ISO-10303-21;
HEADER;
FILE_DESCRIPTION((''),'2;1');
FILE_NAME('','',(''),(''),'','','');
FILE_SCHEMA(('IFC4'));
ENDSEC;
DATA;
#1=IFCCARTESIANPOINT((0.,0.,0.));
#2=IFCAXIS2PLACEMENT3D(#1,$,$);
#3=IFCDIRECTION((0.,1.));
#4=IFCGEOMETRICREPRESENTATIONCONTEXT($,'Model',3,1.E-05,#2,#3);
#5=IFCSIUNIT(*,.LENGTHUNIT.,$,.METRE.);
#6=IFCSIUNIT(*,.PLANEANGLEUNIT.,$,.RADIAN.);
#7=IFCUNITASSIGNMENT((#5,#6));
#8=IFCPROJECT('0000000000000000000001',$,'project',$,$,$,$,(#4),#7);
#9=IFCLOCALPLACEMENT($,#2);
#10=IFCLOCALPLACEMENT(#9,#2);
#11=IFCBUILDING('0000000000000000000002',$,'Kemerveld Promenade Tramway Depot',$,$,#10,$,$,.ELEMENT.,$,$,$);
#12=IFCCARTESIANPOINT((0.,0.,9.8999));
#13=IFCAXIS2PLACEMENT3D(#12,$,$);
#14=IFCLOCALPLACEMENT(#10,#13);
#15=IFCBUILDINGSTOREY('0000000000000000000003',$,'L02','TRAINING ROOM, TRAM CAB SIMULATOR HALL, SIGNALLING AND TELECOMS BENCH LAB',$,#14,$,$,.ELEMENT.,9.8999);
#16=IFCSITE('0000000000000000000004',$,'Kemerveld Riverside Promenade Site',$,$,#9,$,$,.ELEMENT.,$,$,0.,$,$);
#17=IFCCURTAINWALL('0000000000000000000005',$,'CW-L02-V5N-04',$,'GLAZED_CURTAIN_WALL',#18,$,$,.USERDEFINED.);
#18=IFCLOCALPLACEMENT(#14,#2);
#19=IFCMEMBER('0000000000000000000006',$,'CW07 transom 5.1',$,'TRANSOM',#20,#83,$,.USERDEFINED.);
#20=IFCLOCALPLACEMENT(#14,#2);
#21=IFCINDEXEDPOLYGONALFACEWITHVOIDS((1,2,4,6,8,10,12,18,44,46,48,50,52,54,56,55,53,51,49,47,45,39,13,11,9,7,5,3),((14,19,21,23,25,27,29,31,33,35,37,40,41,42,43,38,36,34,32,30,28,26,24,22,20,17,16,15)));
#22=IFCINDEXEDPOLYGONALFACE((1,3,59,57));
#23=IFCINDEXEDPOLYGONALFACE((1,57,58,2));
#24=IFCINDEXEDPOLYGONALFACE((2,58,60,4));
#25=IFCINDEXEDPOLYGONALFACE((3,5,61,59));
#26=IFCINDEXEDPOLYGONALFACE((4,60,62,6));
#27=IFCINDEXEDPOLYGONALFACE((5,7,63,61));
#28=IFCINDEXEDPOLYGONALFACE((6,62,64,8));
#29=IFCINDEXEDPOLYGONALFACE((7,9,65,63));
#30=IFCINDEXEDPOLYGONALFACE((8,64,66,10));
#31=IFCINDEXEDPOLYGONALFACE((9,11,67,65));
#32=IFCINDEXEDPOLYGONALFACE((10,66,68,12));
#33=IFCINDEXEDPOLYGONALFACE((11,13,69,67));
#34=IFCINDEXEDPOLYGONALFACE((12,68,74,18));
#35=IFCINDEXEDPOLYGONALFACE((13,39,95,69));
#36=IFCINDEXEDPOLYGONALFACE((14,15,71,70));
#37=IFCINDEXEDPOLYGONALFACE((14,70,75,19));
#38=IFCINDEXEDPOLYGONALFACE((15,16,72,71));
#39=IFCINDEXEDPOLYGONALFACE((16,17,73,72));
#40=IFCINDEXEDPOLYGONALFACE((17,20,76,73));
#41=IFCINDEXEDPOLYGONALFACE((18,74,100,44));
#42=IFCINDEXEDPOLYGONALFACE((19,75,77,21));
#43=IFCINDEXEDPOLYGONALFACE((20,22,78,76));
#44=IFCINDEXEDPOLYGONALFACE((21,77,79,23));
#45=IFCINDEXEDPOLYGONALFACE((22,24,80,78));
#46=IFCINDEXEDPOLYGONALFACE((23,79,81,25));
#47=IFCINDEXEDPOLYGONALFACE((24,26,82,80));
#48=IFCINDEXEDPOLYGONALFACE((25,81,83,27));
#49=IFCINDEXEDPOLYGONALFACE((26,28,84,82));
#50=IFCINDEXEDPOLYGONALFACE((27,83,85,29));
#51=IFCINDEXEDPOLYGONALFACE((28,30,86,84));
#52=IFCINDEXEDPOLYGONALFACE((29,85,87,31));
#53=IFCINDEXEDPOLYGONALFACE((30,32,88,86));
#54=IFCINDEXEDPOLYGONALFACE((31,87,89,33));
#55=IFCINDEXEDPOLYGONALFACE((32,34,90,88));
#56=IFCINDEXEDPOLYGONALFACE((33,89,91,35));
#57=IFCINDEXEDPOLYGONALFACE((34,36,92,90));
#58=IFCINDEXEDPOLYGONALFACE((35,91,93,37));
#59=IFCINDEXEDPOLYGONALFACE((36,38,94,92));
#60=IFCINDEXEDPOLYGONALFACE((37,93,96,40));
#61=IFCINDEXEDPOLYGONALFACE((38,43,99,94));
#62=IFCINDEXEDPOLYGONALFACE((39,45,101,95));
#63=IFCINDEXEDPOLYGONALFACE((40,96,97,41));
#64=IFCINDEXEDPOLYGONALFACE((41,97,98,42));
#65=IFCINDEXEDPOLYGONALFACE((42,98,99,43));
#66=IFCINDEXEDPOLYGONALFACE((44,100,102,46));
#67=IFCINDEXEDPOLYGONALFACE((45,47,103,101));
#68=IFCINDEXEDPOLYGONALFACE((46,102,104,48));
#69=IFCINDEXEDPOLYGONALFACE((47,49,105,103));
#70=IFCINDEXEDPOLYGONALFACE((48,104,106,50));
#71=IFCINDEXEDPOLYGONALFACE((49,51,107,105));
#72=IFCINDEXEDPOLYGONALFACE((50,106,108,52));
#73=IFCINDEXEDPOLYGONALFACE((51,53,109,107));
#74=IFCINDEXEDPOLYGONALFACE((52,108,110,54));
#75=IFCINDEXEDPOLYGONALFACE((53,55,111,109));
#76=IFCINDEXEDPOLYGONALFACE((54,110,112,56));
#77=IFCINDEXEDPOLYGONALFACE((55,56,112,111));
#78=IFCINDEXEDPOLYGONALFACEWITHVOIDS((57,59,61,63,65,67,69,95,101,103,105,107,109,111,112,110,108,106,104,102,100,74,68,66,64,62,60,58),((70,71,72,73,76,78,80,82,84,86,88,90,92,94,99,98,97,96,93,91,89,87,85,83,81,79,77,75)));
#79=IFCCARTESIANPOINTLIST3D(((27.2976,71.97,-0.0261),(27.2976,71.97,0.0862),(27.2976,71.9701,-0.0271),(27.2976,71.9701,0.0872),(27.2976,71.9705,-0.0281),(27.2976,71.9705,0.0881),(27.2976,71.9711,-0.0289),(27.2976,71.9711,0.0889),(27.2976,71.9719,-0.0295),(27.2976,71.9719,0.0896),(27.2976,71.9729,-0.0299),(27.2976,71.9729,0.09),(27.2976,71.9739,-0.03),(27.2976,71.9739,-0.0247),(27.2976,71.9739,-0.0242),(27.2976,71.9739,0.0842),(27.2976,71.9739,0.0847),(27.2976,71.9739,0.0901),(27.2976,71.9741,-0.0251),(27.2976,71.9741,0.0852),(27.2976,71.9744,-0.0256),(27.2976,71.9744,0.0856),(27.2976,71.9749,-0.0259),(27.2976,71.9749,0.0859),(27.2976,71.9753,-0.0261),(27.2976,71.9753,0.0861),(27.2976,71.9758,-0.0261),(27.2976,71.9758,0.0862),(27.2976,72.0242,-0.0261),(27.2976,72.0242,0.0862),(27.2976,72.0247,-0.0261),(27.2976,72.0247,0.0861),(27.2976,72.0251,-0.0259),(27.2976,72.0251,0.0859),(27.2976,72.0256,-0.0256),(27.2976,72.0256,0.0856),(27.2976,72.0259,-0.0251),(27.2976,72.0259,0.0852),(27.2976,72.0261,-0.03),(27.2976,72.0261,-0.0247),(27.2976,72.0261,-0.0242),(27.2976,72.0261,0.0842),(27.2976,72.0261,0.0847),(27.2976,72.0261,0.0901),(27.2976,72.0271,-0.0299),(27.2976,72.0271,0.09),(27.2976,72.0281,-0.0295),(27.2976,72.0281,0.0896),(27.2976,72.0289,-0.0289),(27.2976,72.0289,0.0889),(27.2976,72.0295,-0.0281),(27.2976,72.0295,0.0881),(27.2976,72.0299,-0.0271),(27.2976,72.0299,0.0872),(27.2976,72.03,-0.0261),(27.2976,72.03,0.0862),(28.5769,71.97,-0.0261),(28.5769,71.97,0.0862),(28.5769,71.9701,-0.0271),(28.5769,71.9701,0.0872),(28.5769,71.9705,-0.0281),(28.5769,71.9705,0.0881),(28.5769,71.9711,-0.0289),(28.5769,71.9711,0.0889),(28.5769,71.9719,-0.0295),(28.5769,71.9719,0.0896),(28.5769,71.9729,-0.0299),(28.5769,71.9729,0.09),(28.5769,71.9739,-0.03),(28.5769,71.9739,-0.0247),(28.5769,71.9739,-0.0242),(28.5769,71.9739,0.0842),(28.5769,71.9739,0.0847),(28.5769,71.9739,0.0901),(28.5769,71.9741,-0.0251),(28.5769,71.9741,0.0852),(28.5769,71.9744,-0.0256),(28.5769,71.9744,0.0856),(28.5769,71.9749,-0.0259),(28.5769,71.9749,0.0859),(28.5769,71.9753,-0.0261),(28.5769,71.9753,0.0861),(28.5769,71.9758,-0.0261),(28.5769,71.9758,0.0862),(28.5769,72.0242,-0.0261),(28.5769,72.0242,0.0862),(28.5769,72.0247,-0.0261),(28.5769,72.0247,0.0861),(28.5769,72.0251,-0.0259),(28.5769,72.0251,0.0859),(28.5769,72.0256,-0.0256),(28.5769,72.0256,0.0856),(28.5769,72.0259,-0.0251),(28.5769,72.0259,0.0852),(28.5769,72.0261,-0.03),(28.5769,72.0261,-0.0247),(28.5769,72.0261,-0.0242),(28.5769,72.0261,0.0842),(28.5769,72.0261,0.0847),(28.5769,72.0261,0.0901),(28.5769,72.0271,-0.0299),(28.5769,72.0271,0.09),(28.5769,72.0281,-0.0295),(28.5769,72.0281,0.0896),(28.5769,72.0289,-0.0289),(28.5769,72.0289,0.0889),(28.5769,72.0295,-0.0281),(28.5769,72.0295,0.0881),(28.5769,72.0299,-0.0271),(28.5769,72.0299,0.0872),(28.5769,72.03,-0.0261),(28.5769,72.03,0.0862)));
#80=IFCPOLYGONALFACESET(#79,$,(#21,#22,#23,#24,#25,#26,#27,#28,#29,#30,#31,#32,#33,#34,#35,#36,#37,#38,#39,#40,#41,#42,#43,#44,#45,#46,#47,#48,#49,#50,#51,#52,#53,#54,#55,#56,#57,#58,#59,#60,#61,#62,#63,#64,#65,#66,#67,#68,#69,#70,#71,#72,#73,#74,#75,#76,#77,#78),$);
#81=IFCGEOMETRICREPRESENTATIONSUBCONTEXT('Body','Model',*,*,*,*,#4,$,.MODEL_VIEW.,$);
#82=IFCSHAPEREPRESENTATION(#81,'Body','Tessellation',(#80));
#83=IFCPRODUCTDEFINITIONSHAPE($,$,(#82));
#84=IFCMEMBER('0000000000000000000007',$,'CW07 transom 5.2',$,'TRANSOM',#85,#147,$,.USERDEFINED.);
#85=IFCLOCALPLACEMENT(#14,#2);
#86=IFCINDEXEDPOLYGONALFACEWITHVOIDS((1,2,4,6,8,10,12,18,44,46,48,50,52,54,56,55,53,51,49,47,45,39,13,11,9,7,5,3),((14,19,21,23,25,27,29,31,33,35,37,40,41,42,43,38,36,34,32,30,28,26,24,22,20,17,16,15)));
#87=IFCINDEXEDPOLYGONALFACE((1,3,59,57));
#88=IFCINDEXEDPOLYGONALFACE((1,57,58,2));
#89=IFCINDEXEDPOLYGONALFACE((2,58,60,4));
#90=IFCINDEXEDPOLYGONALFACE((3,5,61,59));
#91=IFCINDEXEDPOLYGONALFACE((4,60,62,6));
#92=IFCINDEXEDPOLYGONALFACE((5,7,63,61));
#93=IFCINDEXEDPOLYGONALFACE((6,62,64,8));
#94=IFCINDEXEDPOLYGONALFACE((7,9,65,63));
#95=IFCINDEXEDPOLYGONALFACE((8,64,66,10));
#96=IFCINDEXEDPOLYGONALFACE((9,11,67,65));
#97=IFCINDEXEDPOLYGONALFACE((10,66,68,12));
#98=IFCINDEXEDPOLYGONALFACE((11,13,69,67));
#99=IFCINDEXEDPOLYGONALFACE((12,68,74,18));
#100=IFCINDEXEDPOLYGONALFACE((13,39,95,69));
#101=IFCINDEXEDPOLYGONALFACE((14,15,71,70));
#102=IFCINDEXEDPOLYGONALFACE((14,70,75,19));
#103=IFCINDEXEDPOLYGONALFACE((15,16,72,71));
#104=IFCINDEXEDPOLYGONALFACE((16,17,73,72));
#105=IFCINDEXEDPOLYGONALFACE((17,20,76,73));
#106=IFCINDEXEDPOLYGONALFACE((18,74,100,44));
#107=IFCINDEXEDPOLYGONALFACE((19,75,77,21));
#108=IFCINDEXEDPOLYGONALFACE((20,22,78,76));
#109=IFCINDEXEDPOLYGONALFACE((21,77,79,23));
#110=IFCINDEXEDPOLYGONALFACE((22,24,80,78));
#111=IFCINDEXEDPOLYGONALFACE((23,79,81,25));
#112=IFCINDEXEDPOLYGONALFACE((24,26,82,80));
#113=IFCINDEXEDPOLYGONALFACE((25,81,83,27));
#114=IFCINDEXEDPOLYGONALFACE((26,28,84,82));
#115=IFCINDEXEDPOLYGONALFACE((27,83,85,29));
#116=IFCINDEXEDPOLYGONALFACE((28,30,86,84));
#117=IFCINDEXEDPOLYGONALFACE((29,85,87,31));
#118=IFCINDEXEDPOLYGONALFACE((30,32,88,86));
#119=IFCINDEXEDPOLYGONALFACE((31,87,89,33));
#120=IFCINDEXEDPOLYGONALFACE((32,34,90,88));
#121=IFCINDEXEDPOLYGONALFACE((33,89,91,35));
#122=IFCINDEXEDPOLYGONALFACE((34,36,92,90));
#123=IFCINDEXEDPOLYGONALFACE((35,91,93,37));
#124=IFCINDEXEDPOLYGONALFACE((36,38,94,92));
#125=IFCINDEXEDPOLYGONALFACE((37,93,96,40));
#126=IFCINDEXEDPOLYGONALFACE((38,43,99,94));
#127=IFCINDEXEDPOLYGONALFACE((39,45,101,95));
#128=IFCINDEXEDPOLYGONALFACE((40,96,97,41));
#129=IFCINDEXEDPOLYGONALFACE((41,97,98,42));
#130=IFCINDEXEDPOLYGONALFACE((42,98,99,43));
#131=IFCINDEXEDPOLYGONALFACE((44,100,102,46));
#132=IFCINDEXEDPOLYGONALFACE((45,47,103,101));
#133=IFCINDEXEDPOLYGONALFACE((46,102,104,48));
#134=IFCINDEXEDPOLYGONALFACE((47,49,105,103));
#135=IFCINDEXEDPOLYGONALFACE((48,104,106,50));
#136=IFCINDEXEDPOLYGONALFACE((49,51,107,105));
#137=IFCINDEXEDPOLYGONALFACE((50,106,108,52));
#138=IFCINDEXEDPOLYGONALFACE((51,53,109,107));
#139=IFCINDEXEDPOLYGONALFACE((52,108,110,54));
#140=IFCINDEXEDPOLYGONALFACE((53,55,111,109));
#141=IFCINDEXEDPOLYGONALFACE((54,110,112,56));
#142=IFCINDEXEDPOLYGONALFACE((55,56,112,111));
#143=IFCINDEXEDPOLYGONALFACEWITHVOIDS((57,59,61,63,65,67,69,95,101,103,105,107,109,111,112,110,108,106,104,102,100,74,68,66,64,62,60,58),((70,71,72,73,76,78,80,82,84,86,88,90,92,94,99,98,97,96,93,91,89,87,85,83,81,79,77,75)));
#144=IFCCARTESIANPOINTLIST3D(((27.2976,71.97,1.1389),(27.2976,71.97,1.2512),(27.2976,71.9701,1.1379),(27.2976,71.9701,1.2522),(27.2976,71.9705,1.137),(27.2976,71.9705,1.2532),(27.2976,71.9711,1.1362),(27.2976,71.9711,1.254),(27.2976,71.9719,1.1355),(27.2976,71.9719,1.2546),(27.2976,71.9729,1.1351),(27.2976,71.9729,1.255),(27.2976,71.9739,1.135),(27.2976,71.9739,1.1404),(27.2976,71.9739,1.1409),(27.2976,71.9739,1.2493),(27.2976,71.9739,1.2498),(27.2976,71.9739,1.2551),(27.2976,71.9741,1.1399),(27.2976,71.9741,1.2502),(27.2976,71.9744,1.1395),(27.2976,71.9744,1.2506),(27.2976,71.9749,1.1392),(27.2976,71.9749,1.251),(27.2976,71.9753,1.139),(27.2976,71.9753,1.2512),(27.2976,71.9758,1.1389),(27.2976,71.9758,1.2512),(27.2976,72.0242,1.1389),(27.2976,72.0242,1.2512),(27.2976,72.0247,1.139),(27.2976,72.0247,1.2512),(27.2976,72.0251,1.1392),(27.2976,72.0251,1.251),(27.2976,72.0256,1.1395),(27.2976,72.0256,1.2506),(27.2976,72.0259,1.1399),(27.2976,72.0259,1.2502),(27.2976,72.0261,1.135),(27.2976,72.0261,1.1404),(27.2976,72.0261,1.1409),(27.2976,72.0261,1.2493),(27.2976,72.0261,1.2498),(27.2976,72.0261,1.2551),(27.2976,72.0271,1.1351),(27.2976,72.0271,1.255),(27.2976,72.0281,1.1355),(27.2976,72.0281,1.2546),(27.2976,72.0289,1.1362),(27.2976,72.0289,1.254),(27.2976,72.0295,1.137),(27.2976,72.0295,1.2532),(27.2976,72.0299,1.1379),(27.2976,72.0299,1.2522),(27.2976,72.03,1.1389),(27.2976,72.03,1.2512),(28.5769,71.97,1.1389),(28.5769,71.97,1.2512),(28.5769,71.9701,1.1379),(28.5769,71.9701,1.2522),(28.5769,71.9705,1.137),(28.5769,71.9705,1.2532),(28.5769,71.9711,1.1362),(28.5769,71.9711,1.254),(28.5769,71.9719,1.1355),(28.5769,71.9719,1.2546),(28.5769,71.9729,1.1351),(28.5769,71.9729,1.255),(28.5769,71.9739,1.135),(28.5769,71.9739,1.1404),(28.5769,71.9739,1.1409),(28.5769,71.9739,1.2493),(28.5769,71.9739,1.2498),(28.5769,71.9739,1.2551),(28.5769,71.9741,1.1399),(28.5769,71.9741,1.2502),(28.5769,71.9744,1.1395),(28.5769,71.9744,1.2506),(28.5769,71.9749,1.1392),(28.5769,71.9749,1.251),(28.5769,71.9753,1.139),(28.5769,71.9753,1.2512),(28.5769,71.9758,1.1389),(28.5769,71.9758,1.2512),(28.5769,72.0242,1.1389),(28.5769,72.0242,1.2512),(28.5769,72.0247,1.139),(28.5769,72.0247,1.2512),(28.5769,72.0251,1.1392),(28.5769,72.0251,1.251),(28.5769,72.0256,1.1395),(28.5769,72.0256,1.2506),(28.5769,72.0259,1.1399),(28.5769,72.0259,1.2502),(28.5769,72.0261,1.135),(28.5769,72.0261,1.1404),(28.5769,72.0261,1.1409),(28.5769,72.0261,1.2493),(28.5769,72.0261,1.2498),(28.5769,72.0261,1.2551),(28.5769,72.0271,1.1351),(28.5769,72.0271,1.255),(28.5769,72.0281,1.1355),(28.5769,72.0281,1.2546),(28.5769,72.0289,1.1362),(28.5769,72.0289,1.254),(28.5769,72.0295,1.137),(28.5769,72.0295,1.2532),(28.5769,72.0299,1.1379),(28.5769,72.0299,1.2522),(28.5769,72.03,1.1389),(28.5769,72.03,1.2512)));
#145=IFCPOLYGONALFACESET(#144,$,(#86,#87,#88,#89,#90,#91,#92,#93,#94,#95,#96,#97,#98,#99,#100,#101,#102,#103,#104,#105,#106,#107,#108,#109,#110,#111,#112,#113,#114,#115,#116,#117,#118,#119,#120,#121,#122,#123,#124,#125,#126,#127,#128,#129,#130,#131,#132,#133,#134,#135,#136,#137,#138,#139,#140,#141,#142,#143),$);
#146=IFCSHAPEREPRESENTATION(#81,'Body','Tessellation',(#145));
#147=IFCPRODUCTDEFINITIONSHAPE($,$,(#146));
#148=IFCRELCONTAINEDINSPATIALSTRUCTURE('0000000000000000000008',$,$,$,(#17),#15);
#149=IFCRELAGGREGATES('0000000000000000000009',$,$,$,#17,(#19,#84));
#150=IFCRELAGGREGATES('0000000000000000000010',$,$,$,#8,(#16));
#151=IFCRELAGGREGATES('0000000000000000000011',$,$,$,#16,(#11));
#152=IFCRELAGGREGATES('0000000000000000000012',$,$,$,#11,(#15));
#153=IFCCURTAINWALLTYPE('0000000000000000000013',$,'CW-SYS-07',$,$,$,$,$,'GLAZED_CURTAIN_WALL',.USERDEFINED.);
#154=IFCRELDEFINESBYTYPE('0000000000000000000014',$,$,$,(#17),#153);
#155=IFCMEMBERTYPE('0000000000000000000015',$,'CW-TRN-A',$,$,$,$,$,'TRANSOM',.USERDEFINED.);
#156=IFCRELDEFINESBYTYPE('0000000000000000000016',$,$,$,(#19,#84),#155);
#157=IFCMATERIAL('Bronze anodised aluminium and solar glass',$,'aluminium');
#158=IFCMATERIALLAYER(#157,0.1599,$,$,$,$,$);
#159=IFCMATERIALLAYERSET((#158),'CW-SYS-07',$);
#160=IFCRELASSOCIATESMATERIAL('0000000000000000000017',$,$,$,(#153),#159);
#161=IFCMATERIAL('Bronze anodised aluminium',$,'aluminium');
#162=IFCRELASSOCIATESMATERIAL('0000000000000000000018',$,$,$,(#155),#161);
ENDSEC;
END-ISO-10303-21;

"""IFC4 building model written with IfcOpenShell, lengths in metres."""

from ifc_helpers import new_model, si_unit, direction, frame, origin, origin_2d, place, context, subcontext, project, spatial, hollow_rectangle, extrude, material, layer, layer_set, material_profile, profile_set, type_object, element, aggregate, save


model = new_model("IFC4")

# Units and contexts
model_context = context("Model", 3, precision=1e-05, world=origin(), true_north=direction((0.0, 1.0)))
body_context = subcontext(model_context, "Body", "Model", "MODEL_VIEW")
ifc_project = project(units=[si_unit("LENGTHUNIT", "METRE"), si_unit("PLANEANGLEUNIT", "RADIAN")], contexts=[model_context])

# Site, building, storey
site_placement = place(None, origin())
site = spatial("IfcSite", under=ifc_project, at=site_placement, Name="Kemerveld Riverside Promenade Site", CompositionType="ELEMENT", RefElevation=0.0)
building_placement = place(site_placement, origin())
building = spatial("IfcBuilding", under=site, at=building_placement, Name="Kemerveld Promenade Tramway Depot", CompositionType="ELEMENT")
storey_placement = place(building_placement, frame((0.0, 0.0, 9.8999)))
storey = spatial("IfcBuildingStorey", under=building, at=storey_placement, Name="L02", Description="TRAINING ROOM, TRAM CAB SIMULATOR HALL, SIGNALLING AND TELECOMS BENCH LAB", CompositionType="ELEMENT", Elevation=9.8999)

# Curtain wall, members
ifc_material_1 = material(Name="Bronze anodised aluminium and solar glass", Category="aluminium")
ifc_layer_1 = layer(ifc_material_1, 0.1599)
ifc_layer_set_1 = layer_set([ifc_layer_1], Name="CW-SYS-07")
curtain_wall_type = type_object("IfcCurtainWallType", Name="CW-SYS-07", ElementType="GLAZED_CURTAIN_WALL", PredefinedType="USERDEFINED", material=ifc_layer_set_1)
curtain_wall_placement = place(storey_placement, origin())
curtain_wall = element("IfcCurtainWall", 1, at=curtain_wall_placement, inside=storey, type_object=curtain_wall_type, Name="CW-L02-V5N-04", ObjectType="GLAZED_CURTAIN_WALL", PredefinedType="USERDEFINED")
ifc_material_2 = material(Name="Bronze anodised aluminium", Category="aluminium")
ifc_material_profile_1 = material_profile(ifc_material_2, hollow_rectangle(XDim=0.0601, YDim=0.1201, WallThickness=0.0039, InnerFilletRadius=0.002, OuterFilletRadius=0.0039, at=origin_2d()), Name="CW-TRN-120x60")
ifc_profile_set_1 = profile_set([ifc_material_profile_1], Name="Bronze anodised aluminium")
member_type_1 = type_object("IfcMemberType", Name="CW-TRN-A", ElementType="TRANSOM", PredefinedType="USERDEFINED", material=ifc_profile_set_1)
member_1_placement = place(storey_placement, frame((27.2976, 72.0, 0.03), z_axis=(1.0, 0.0, 0.0), x_axis=(0.0, 1.0, 0.0)))
member_1 = element("IfcMember", 2, at=member_1_placement, type_object=member_type_1, Name="CW07 transom 5.1", ObjectType="TRANSOM", PredefinedType="USERDEFINED", context=body_context, shape_type="SweptSolid", body=[
    extrude(hollow_rectangle(XDim=0.0601, YDim=0.1201, WallThickness=0.0039, InnerFilletRadius=0.002, OuterFilletRadius=0.0039, at=origin_2d()), origin(), (0.0, 0.0, 1.0), 1.2793),
])
member_2_placement = place(storey_placement, frame((27.2976, 72.0, 1.1951), z_axis=(1.0, 0.0, 0.0), x_axis=(0.0, 1.0, 0.0)))
member_2 = element("IfcMember", 3, at=member_2_placement, type_object=member_type_1, Name="CW07 transom 5.2", ObjectType="TRANSOM", PredefinedType="USERDEFINED", context=body_context, shape_type="SweptSolid", body=[
    extrude(hollow_rectangle(XDim=0.0601, YDim=0.1201, WallThickness=0.0039, InnerFilletRadius=0.002, OuterFilletRadius=0.0039, at=origin_2d()), origin(), (0.0, 0.0, 1.0), 1.2793),
])
aggregate(curtain_wall, [member_1, member_2])

save(model, "model.ifc")
